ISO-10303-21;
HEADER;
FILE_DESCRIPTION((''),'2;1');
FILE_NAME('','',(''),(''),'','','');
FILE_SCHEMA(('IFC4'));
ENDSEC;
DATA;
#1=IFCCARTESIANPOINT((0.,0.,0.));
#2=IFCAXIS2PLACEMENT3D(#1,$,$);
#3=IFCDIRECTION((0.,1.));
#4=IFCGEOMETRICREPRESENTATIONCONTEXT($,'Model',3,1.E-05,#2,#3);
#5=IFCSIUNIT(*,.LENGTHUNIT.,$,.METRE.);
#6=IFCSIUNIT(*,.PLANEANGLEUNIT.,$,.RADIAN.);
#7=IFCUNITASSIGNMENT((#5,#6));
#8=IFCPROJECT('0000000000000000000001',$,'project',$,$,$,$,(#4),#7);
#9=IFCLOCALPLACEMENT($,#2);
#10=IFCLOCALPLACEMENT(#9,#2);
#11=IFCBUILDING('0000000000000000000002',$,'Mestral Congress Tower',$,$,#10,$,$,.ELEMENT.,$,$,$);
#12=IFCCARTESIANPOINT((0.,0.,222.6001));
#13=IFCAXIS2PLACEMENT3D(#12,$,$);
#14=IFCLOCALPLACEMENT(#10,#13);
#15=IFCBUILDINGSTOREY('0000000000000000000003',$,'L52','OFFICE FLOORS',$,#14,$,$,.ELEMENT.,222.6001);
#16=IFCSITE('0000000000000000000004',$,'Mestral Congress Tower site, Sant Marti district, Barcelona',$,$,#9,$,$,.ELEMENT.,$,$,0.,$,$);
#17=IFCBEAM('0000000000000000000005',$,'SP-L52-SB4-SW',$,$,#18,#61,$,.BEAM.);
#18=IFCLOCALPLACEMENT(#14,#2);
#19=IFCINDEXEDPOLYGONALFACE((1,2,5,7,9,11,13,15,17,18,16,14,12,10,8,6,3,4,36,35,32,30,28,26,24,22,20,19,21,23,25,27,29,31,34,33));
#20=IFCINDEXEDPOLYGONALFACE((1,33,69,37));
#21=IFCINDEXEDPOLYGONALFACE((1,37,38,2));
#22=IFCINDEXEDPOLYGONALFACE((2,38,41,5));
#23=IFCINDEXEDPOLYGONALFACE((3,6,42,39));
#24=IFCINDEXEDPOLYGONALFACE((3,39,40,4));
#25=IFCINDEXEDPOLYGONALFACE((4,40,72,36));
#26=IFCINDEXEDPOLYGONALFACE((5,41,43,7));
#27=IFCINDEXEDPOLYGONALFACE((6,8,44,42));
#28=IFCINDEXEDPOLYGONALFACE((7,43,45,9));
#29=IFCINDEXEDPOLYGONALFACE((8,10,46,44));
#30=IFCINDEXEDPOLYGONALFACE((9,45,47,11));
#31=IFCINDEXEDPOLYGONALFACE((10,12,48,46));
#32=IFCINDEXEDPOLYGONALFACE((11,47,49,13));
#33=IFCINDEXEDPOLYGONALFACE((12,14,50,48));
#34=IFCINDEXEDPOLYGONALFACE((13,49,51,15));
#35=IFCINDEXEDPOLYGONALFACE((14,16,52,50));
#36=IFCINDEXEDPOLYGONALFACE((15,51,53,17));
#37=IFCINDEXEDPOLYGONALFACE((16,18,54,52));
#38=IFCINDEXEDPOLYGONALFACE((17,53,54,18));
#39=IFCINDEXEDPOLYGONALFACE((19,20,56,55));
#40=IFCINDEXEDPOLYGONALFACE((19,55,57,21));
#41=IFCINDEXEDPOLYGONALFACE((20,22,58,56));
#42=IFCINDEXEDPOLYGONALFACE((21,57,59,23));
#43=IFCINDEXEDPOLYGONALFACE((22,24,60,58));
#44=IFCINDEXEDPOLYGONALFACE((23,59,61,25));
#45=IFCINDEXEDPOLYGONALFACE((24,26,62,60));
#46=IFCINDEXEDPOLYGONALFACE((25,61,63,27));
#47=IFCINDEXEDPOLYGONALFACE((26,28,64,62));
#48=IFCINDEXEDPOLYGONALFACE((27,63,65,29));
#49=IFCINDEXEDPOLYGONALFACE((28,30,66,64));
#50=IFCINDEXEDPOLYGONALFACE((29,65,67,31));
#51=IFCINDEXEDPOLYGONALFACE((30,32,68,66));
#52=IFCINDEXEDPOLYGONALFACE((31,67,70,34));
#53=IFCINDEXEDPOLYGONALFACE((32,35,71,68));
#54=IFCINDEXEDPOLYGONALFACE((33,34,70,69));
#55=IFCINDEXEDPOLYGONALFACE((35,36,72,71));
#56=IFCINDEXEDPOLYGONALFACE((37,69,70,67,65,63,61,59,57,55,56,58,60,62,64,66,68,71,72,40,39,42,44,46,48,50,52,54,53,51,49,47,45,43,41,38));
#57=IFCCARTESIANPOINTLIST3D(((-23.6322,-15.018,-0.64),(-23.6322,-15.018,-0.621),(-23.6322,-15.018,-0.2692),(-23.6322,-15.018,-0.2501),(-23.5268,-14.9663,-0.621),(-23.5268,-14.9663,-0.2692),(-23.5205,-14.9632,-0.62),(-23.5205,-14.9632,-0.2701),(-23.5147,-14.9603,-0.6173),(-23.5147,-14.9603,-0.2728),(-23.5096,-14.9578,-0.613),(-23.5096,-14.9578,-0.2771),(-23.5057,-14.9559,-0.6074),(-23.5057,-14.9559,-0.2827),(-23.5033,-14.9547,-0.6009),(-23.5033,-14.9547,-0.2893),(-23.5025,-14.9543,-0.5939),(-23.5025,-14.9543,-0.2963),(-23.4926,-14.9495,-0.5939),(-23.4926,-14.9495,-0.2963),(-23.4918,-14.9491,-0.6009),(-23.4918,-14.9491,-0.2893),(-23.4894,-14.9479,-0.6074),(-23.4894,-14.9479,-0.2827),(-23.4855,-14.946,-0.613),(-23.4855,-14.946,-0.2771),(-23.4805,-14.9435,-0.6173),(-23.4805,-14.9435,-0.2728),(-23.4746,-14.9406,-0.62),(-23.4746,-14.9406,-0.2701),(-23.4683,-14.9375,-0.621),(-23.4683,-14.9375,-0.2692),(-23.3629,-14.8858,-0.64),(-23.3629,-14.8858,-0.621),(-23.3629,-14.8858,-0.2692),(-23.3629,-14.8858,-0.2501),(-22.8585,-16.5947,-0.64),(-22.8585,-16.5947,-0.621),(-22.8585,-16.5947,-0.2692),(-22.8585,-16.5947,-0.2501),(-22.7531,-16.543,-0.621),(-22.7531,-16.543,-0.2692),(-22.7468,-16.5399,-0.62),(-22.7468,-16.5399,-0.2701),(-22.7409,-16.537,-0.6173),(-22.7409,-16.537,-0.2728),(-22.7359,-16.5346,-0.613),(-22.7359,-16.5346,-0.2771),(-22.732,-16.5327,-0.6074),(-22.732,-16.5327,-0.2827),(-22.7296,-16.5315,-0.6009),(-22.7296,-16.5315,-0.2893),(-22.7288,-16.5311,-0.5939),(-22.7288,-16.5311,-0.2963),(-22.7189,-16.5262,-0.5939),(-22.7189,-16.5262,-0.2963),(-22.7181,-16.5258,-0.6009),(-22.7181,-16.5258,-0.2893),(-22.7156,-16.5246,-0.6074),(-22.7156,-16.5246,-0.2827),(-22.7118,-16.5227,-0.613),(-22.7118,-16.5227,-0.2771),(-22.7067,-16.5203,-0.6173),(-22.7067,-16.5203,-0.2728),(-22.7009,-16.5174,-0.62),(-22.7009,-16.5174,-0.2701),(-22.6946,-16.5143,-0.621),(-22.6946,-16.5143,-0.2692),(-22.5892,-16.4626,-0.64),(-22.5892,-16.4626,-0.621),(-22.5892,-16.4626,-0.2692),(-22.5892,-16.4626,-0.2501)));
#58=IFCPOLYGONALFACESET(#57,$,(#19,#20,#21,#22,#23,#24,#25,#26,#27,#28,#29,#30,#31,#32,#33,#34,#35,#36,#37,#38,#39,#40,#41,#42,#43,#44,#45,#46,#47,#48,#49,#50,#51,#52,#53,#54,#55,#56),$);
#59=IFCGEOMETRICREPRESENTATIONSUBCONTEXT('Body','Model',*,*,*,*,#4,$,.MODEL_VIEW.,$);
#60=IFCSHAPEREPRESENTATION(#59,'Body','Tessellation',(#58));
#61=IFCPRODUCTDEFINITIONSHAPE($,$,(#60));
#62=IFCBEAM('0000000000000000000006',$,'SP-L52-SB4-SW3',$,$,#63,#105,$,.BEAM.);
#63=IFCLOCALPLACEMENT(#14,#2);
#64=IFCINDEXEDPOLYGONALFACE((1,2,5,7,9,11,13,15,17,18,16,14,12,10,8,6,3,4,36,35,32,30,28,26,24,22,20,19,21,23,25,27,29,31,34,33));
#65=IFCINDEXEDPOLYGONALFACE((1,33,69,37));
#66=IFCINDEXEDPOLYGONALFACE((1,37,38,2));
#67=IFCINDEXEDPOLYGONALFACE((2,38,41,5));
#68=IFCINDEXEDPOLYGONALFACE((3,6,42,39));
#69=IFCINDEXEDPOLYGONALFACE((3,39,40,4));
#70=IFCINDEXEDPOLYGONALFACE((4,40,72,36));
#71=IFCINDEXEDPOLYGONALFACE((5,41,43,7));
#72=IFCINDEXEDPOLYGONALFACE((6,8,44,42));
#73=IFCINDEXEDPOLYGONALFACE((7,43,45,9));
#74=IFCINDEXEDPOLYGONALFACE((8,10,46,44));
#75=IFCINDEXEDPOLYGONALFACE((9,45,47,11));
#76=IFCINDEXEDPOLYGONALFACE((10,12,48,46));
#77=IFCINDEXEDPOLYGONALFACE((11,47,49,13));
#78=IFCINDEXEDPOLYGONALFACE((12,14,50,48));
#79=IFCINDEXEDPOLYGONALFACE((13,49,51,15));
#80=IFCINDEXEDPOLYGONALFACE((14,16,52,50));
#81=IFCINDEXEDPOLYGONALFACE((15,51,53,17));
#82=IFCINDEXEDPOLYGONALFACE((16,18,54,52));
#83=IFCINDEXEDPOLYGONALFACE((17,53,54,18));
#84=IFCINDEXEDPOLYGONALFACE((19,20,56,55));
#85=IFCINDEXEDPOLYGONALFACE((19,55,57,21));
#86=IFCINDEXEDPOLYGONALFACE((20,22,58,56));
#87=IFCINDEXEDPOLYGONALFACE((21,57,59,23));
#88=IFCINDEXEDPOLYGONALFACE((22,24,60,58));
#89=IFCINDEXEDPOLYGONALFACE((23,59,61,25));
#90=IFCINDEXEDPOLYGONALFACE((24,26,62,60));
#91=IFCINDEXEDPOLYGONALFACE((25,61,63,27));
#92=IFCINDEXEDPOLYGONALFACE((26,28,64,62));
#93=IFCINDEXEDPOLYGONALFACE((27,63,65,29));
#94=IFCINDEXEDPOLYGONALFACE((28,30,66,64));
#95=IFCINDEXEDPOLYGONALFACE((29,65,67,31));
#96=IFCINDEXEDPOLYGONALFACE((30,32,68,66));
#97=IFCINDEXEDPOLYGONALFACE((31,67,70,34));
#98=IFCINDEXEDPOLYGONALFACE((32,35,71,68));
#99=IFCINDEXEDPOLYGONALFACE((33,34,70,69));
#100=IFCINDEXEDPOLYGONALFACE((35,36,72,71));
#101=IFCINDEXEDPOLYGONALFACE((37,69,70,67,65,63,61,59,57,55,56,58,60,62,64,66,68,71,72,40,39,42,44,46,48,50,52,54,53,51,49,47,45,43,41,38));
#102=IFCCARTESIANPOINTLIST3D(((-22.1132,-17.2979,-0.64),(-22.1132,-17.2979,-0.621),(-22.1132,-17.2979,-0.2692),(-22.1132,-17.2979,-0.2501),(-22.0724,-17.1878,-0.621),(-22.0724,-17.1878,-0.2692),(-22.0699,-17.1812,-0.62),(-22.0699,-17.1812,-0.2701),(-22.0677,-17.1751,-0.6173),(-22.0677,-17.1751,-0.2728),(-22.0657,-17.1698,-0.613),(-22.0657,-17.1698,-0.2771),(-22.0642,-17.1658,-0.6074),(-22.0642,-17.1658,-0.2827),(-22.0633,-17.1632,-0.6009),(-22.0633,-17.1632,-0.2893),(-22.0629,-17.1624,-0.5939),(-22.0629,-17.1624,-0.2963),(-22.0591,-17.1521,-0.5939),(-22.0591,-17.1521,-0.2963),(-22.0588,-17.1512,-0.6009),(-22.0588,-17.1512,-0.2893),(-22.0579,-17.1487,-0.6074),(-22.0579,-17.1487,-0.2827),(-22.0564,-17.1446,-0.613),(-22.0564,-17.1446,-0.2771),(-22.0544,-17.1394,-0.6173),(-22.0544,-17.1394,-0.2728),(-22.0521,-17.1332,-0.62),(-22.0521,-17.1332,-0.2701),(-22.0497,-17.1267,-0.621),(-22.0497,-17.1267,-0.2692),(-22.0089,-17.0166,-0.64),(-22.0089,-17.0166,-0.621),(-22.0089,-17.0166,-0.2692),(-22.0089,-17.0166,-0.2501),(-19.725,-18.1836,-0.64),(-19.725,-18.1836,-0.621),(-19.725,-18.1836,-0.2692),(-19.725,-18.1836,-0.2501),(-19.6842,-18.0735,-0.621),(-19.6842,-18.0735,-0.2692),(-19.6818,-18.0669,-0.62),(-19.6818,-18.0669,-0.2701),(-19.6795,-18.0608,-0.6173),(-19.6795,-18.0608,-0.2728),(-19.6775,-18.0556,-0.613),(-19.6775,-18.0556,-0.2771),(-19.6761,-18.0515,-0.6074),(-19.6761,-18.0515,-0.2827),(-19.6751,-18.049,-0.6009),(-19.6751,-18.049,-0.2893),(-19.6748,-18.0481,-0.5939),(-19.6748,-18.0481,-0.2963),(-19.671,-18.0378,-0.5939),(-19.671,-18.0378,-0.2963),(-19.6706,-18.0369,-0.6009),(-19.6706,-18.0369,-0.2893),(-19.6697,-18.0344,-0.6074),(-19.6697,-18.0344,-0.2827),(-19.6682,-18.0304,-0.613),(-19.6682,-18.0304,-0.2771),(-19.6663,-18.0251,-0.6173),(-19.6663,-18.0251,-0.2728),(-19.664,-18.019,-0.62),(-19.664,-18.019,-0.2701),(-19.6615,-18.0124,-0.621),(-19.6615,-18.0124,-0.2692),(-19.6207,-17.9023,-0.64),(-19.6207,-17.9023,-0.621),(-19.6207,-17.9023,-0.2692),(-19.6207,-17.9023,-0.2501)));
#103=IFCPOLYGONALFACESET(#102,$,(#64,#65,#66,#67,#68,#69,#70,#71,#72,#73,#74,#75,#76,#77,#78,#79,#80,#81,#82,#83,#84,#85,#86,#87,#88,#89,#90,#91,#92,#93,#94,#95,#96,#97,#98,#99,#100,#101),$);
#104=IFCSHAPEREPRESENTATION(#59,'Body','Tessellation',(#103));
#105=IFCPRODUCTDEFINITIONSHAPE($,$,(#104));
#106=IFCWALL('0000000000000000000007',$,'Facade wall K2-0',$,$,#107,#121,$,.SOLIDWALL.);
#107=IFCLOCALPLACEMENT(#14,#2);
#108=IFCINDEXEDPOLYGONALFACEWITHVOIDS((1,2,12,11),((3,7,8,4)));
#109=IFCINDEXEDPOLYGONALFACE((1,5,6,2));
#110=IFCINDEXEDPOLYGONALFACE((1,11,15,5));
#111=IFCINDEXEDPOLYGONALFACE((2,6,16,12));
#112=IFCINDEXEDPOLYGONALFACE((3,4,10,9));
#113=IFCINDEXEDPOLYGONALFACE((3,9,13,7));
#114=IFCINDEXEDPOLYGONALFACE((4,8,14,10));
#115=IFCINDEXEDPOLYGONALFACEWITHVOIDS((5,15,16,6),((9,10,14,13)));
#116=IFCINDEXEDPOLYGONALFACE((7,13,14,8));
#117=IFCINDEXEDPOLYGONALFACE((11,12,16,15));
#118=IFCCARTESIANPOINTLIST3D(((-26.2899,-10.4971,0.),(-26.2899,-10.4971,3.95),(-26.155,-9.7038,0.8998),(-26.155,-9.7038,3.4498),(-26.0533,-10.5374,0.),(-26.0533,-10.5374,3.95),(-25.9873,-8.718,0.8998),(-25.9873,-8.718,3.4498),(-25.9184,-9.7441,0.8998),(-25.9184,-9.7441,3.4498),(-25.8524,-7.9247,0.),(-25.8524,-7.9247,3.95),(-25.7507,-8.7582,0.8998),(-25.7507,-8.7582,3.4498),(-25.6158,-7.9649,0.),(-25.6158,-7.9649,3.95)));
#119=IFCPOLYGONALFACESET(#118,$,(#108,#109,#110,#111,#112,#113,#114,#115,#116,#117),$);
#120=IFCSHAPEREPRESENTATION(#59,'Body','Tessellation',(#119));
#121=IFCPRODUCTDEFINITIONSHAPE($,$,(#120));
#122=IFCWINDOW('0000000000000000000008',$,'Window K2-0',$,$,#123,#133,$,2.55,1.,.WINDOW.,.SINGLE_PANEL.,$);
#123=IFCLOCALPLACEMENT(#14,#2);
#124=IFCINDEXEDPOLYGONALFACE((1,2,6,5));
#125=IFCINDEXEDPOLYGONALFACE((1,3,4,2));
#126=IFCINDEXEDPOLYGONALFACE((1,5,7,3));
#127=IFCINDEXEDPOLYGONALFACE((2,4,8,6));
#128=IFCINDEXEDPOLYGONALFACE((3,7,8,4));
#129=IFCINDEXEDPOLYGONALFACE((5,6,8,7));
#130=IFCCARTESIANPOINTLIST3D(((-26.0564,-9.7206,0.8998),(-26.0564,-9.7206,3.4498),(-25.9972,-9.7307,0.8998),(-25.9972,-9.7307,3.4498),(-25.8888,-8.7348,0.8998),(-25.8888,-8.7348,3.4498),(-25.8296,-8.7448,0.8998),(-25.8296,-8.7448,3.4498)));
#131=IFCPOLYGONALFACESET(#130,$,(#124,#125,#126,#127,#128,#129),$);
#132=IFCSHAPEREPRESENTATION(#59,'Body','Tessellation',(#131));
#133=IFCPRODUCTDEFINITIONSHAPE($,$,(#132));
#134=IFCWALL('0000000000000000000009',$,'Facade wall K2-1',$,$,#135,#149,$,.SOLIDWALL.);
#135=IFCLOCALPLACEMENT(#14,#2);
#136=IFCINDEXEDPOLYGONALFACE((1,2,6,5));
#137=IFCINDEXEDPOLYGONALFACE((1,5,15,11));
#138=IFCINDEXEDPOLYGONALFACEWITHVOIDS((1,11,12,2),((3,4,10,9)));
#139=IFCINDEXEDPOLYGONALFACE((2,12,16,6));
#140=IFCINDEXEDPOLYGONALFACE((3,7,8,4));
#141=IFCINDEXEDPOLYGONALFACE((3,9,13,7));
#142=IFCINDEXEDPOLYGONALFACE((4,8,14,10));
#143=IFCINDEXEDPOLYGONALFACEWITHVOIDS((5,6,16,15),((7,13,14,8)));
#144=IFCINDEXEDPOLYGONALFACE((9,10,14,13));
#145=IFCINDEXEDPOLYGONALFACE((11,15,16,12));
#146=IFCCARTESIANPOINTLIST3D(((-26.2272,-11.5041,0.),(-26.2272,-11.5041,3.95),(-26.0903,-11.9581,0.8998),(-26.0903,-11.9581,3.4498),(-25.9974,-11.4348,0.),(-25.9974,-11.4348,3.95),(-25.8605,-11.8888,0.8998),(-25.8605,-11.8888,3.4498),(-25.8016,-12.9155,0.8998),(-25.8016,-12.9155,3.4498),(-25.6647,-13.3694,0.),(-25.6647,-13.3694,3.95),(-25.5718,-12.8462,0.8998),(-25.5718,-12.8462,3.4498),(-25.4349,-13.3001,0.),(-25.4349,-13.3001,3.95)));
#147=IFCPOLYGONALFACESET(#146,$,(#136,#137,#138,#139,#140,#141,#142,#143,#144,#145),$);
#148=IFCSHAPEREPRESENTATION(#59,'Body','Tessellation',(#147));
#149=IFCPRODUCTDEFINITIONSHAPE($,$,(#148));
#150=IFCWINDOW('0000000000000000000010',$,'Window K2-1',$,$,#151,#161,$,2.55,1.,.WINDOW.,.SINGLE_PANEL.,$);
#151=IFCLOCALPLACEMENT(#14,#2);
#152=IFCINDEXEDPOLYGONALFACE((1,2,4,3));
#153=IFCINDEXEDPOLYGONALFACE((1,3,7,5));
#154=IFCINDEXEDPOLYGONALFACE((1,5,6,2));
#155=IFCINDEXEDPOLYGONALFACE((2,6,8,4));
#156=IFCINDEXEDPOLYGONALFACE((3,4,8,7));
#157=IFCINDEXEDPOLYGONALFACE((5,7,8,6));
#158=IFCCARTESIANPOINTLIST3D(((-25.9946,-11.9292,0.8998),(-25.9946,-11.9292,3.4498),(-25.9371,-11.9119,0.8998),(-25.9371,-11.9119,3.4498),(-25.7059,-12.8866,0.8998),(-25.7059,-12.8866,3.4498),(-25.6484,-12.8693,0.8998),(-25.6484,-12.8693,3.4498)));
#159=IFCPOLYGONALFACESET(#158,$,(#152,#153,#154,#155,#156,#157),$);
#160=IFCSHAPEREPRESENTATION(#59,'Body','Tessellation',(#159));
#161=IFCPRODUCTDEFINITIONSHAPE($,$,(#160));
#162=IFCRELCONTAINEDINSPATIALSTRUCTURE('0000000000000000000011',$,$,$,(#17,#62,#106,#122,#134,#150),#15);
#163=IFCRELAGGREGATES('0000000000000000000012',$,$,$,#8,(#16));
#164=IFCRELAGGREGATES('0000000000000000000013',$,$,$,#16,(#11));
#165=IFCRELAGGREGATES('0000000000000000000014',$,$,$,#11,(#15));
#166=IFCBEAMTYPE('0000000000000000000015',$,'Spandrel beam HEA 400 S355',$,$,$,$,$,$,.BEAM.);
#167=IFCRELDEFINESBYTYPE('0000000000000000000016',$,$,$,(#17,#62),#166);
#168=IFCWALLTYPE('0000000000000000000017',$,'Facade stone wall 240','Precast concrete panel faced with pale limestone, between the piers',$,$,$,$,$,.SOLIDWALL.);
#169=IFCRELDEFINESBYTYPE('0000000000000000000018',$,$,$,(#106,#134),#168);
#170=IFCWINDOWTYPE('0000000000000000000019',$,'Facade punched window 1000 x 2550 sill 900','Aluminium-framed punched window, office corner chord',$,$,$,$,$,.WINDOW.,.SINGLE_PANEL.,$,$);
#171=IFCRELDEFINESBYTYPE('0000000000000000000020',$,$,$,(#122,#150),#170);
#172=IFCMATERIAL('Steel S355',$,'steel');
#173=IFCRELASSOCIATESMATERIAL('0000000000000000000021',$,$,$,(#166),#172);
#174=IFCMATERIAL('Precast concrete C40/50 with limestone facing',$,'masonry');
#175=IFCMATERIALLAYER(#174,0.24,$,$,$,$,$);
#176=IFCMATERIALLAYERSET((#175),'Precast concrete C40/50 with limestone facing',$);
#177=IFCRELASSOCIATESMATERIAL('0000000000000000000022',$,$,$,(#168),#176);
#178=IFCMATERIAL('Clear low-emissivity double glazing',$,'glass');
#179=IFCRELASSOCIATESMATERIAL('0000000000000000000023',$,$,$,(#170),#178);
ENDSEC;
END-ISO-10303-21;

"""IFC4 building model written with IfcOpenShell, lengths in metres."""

from ifc_helpers import new_model, si_unit, direction, frame, frame_2d, origin, origin_2d, place, context, subcontext, project, spatial, rectangle, i_section, extrude, material, layer, layer_set, material_profile, profile_set, type_object, element, fill, save


model = new_model("IFC4")

# Units and contexts
model_context = context("Model", 3, precision=1e-05, world=origin(), true_north=direction((0.0, 1.0)))
body_context = subcontext(model_context, "Body", "Model", "MODEL_VIEW")
ifc_project = project(units=[si_unit("LENGTHUNIT", "METRE"), si_unit("PLANEANGLEUNIT", "RADIAN")], contexts=[model_context])

# Site, building, storey
site_placement = place(None, origin())
site = spatial("IfcSite", under=ifc_project, at=site_placement, Name="Mestral Congress Tower site, Sant Marti district, Barcelona", CompositionType="ELEMENT", RefElevation=0.0)
building_placement = place(site_placement, origin())
building = spatial("IfcBuilding", under=site, at=building_placement, Name="Mestral Congress Tower", CompositionType="ELEMENT")
storey_placement = place(building_placement, frame((0.0, 0.0, 222.6001)))
storey = spatial("IfcBuildingStorey", under=building, at=storey_placement, Name="L52", Description="OFFICE FLOORS", CompositionType="ELEMENT", Elevation=222.6001)

# Beams
ifc_material_1 = material(Name="Steel S355", Category="steel")
ifc_material_profile_1 = material_profile(ifc_material_1, i_section(OverallWidth=0.3, OverallDepth=0.3899, WebThickness=0.011, FlangeThickness=0.019, FilletRadius=0.0271, at=origin_2d()), Name="HEA 400")
ifc_profile_set_1 = profile_set([ifc_material_profile_1], Name="Steel S355")
beam_type_1 = type_object("IfcBeamType", Name="Spandrel beam HEA 400 S355", PredefinedType="BEAM", material=ifc_profile_set_1)
for number, where, z_axis, x_axis, name in (
    (1, (-23.4976, -14.9519, -0.4451), (0.440529, -0.897739, 0.0), (0.897739, 0.440529, 0.0), "SP-L52-SB4-SW"),
):
    element("IfcBeam", number, at=place(storey_placement, frame(where, z_axis=z_axis, x_axis=x_axis)), inside=storey, type_object=beam_type_1, Name=name, PredefinedType="BEAM", context=body_context, shape_type="SweptSolid", body=[
        extrude(i_section(OverallWidth=0.3, OverallDepth=0.3899, WebThickness=0.011, FlangeThickness=0.019, FilletRadius=0.0271, at=origin_2d()), origin(), (0.0, 0.0, 1.0), 1.7563),
    ])
beam_1_placement = place(storey_placement, frame((-22.061, -17.1572, -0.4451), z_axis=(0.937591, -0.347739, 0.0), x_axis=(0.347739, 0.937591, 0.0)))
element("IfcBeam", 2, at=beam_1_placement, inside=storey, type_object=beam_type_1, Name="SP-L52-SB4-SW3", PredefinedType="BEAM", context=body_context, shape_type="SweptSolid", body=[
    extrude(i_section(OverallWidth=0.3, OverallDepth=0.3899, WebThickness=0.011, FlangeThickness=0.019, FilletRadius=0.0271, at=origin_2d()), origin(), (0.0, 0.0, 1.0), 2.5471),
])

# Walls, openings, windows
ifc_material_2 = material(Name="Precast concrete C40/50 with limestone facing", Category="masonry")
ifc_layer_1 = layer(ifc_material_2, 0.24)
ifc_layer_set_1 = layer_set([ifc_layer_1], Name="Precast concrete C40/50 with limestone facing")
wall_type_1 = type_object("IfcWallType", Name="Facade stone wall 240", Description="Precast concrete panel faced with pale limestone, between the piers", PredefinedType="SOLIDWALL", material=ifc_layer_set_1)
wall_1_placement = place(storey_placement, frame((-25.7341, -7.9448, 0.0), z_axis=(0.0, 0.0, 1.0), x_axis=(-0.16766, -0.985845, 0.0)))
wall_1 = element("IfcWall", 3, at=wall_1_placement, inside=storey, type_object=wall_type_1, Name="Facade wall K2-0", PredefinedType="SOLIDWALL", context=body_context, shape_type="SweptSolid", body=[
    extrude(rectangle(XDim=2.6094, YDim=0.24, at=frame_2d((1.3047, 0.0))), origin(), (0.0, 0.0, 1.0), 3.95),
])
opening_1_placement = place(wall_1_placement, frame((0.8047, 0.0, 0.8999)))
opening_1 = element("IfcOpeningElement", 4, at=opening_1_placement, cuts=wall_1, PredefinedType="OPENING", context=body_context, shape_type="SweptSolid", body=[
    extrude(rectangle(XDim=1.0, YDim=2.55, at=frame_2d((0.5, 1.2749))), frame((0.0, 0.1299, 0.0), z_axis=(0.0, -1.0, 0.0), x_axis=(1.0, 0.0, 0.0)), (0.0, 0.0, 1.0), 0.26),
])
ifc_material_3 = material(Name="Clear low-emissivity double glazing", Category="glass")
window_type = type_object("IfcWindowType", Name="Facade punched window 1000 x 2550 sill 900", Description="Aluminium-framed punched window, office corner chord", PartitioningType="SINGLE_PANEL", PredefinedType="WINDOW", material=ifc_material_3)
window_1_placement = place(opening_1_placement, origin())
window_1 = element("IfcWindow", 5, at=window_1_placement, inside=storey, type_object=window_type, Name="Window K2-0", OverallHeight=2.55, OverallWidth=1.0, PartitioningType="SINGLE_PANEL", PredefinedType="WINDOW", context=body_context, shape_type="SweptSolid", body=[
    extrude(rectangle(XDim=1.0, YDim=2.55, at=frame_2d((0.5, 1.2749))), frame((0.0, 0.04, 0.0), z_axis=(0.0, -1.0, 0.0), x_axis=(1.0, 0.0, 0.0)), (0.0, 0.0, 1.0), 0.0601),
])
fill(opening_1, window_1)
wall_2_placement = place(storey_placement, frame((-26.1123, -11.4695, 0.0), z_axis=(0.0, 0.0, 1.0), x_axis=(0.288727, -0.957411, 0.0)))
wall_2 = element("IfcWall", 6, at=wall_2_placement, inside=storey, type_object=wall_type_1, Name="Facade wall K2-1", PredefinedType="SOLIDWALL", context=body_context, shape_type="SweptSolid", body=[
    extrude(rectangle(XDim=1.9482, YDim=0.24, at=frame_2d((0.9741, 0.0))), origin(), (0.0, 0.0, 1.0), 3.95),
])
opening_2_placement = place(wall_2_placement, frame((0.4741, 0.0, 0.8999)))
opening_2 = element("IfcOpeningElement", 7, at=opening_2_placement, cuts=wall_2, PredefinedType="OPENING", context=body_context, shape_type="SweptSolid", body=[
    extrude(rectangle(XDim=1.0, YDim=2.55, at=frame_2d((0.5, 1.2749))), frame((0.0, 0.1299, 0.0), z_axis=(0.0, -1.0, 0.0), x_axis=(1.0, 0.0, 0.0)), (0.0, 0.0, 1.0), 0.26),
])
window_2_placement = place(opening_2_placement, origin())
window_2 = element("IfcWindow", 8, at=window_2_placement, inside=storey, type_object=window_type, Name="Window K2-1", OverallHeight=2.55, OverallWidth=1.0, PartitioningType="SINGLE_PANEL", PredefinedType="WINDOW", context=body_context, shape_type="SweptSolid", body=[
    extrude(rectangle(XDim=1.0, YDim=2.55, at=frame_2d((0.5, 1.2749))), frame((0.0, 0.04, 0.0), z_axis=(0.0, -1.0, 0.0), x_axis=(1.0, 0.0, 0.0)), (0.0, 0.0, 1.0), 0.0601),
])
fill(opening_2, window_2)

save(model, "model.ifc")
